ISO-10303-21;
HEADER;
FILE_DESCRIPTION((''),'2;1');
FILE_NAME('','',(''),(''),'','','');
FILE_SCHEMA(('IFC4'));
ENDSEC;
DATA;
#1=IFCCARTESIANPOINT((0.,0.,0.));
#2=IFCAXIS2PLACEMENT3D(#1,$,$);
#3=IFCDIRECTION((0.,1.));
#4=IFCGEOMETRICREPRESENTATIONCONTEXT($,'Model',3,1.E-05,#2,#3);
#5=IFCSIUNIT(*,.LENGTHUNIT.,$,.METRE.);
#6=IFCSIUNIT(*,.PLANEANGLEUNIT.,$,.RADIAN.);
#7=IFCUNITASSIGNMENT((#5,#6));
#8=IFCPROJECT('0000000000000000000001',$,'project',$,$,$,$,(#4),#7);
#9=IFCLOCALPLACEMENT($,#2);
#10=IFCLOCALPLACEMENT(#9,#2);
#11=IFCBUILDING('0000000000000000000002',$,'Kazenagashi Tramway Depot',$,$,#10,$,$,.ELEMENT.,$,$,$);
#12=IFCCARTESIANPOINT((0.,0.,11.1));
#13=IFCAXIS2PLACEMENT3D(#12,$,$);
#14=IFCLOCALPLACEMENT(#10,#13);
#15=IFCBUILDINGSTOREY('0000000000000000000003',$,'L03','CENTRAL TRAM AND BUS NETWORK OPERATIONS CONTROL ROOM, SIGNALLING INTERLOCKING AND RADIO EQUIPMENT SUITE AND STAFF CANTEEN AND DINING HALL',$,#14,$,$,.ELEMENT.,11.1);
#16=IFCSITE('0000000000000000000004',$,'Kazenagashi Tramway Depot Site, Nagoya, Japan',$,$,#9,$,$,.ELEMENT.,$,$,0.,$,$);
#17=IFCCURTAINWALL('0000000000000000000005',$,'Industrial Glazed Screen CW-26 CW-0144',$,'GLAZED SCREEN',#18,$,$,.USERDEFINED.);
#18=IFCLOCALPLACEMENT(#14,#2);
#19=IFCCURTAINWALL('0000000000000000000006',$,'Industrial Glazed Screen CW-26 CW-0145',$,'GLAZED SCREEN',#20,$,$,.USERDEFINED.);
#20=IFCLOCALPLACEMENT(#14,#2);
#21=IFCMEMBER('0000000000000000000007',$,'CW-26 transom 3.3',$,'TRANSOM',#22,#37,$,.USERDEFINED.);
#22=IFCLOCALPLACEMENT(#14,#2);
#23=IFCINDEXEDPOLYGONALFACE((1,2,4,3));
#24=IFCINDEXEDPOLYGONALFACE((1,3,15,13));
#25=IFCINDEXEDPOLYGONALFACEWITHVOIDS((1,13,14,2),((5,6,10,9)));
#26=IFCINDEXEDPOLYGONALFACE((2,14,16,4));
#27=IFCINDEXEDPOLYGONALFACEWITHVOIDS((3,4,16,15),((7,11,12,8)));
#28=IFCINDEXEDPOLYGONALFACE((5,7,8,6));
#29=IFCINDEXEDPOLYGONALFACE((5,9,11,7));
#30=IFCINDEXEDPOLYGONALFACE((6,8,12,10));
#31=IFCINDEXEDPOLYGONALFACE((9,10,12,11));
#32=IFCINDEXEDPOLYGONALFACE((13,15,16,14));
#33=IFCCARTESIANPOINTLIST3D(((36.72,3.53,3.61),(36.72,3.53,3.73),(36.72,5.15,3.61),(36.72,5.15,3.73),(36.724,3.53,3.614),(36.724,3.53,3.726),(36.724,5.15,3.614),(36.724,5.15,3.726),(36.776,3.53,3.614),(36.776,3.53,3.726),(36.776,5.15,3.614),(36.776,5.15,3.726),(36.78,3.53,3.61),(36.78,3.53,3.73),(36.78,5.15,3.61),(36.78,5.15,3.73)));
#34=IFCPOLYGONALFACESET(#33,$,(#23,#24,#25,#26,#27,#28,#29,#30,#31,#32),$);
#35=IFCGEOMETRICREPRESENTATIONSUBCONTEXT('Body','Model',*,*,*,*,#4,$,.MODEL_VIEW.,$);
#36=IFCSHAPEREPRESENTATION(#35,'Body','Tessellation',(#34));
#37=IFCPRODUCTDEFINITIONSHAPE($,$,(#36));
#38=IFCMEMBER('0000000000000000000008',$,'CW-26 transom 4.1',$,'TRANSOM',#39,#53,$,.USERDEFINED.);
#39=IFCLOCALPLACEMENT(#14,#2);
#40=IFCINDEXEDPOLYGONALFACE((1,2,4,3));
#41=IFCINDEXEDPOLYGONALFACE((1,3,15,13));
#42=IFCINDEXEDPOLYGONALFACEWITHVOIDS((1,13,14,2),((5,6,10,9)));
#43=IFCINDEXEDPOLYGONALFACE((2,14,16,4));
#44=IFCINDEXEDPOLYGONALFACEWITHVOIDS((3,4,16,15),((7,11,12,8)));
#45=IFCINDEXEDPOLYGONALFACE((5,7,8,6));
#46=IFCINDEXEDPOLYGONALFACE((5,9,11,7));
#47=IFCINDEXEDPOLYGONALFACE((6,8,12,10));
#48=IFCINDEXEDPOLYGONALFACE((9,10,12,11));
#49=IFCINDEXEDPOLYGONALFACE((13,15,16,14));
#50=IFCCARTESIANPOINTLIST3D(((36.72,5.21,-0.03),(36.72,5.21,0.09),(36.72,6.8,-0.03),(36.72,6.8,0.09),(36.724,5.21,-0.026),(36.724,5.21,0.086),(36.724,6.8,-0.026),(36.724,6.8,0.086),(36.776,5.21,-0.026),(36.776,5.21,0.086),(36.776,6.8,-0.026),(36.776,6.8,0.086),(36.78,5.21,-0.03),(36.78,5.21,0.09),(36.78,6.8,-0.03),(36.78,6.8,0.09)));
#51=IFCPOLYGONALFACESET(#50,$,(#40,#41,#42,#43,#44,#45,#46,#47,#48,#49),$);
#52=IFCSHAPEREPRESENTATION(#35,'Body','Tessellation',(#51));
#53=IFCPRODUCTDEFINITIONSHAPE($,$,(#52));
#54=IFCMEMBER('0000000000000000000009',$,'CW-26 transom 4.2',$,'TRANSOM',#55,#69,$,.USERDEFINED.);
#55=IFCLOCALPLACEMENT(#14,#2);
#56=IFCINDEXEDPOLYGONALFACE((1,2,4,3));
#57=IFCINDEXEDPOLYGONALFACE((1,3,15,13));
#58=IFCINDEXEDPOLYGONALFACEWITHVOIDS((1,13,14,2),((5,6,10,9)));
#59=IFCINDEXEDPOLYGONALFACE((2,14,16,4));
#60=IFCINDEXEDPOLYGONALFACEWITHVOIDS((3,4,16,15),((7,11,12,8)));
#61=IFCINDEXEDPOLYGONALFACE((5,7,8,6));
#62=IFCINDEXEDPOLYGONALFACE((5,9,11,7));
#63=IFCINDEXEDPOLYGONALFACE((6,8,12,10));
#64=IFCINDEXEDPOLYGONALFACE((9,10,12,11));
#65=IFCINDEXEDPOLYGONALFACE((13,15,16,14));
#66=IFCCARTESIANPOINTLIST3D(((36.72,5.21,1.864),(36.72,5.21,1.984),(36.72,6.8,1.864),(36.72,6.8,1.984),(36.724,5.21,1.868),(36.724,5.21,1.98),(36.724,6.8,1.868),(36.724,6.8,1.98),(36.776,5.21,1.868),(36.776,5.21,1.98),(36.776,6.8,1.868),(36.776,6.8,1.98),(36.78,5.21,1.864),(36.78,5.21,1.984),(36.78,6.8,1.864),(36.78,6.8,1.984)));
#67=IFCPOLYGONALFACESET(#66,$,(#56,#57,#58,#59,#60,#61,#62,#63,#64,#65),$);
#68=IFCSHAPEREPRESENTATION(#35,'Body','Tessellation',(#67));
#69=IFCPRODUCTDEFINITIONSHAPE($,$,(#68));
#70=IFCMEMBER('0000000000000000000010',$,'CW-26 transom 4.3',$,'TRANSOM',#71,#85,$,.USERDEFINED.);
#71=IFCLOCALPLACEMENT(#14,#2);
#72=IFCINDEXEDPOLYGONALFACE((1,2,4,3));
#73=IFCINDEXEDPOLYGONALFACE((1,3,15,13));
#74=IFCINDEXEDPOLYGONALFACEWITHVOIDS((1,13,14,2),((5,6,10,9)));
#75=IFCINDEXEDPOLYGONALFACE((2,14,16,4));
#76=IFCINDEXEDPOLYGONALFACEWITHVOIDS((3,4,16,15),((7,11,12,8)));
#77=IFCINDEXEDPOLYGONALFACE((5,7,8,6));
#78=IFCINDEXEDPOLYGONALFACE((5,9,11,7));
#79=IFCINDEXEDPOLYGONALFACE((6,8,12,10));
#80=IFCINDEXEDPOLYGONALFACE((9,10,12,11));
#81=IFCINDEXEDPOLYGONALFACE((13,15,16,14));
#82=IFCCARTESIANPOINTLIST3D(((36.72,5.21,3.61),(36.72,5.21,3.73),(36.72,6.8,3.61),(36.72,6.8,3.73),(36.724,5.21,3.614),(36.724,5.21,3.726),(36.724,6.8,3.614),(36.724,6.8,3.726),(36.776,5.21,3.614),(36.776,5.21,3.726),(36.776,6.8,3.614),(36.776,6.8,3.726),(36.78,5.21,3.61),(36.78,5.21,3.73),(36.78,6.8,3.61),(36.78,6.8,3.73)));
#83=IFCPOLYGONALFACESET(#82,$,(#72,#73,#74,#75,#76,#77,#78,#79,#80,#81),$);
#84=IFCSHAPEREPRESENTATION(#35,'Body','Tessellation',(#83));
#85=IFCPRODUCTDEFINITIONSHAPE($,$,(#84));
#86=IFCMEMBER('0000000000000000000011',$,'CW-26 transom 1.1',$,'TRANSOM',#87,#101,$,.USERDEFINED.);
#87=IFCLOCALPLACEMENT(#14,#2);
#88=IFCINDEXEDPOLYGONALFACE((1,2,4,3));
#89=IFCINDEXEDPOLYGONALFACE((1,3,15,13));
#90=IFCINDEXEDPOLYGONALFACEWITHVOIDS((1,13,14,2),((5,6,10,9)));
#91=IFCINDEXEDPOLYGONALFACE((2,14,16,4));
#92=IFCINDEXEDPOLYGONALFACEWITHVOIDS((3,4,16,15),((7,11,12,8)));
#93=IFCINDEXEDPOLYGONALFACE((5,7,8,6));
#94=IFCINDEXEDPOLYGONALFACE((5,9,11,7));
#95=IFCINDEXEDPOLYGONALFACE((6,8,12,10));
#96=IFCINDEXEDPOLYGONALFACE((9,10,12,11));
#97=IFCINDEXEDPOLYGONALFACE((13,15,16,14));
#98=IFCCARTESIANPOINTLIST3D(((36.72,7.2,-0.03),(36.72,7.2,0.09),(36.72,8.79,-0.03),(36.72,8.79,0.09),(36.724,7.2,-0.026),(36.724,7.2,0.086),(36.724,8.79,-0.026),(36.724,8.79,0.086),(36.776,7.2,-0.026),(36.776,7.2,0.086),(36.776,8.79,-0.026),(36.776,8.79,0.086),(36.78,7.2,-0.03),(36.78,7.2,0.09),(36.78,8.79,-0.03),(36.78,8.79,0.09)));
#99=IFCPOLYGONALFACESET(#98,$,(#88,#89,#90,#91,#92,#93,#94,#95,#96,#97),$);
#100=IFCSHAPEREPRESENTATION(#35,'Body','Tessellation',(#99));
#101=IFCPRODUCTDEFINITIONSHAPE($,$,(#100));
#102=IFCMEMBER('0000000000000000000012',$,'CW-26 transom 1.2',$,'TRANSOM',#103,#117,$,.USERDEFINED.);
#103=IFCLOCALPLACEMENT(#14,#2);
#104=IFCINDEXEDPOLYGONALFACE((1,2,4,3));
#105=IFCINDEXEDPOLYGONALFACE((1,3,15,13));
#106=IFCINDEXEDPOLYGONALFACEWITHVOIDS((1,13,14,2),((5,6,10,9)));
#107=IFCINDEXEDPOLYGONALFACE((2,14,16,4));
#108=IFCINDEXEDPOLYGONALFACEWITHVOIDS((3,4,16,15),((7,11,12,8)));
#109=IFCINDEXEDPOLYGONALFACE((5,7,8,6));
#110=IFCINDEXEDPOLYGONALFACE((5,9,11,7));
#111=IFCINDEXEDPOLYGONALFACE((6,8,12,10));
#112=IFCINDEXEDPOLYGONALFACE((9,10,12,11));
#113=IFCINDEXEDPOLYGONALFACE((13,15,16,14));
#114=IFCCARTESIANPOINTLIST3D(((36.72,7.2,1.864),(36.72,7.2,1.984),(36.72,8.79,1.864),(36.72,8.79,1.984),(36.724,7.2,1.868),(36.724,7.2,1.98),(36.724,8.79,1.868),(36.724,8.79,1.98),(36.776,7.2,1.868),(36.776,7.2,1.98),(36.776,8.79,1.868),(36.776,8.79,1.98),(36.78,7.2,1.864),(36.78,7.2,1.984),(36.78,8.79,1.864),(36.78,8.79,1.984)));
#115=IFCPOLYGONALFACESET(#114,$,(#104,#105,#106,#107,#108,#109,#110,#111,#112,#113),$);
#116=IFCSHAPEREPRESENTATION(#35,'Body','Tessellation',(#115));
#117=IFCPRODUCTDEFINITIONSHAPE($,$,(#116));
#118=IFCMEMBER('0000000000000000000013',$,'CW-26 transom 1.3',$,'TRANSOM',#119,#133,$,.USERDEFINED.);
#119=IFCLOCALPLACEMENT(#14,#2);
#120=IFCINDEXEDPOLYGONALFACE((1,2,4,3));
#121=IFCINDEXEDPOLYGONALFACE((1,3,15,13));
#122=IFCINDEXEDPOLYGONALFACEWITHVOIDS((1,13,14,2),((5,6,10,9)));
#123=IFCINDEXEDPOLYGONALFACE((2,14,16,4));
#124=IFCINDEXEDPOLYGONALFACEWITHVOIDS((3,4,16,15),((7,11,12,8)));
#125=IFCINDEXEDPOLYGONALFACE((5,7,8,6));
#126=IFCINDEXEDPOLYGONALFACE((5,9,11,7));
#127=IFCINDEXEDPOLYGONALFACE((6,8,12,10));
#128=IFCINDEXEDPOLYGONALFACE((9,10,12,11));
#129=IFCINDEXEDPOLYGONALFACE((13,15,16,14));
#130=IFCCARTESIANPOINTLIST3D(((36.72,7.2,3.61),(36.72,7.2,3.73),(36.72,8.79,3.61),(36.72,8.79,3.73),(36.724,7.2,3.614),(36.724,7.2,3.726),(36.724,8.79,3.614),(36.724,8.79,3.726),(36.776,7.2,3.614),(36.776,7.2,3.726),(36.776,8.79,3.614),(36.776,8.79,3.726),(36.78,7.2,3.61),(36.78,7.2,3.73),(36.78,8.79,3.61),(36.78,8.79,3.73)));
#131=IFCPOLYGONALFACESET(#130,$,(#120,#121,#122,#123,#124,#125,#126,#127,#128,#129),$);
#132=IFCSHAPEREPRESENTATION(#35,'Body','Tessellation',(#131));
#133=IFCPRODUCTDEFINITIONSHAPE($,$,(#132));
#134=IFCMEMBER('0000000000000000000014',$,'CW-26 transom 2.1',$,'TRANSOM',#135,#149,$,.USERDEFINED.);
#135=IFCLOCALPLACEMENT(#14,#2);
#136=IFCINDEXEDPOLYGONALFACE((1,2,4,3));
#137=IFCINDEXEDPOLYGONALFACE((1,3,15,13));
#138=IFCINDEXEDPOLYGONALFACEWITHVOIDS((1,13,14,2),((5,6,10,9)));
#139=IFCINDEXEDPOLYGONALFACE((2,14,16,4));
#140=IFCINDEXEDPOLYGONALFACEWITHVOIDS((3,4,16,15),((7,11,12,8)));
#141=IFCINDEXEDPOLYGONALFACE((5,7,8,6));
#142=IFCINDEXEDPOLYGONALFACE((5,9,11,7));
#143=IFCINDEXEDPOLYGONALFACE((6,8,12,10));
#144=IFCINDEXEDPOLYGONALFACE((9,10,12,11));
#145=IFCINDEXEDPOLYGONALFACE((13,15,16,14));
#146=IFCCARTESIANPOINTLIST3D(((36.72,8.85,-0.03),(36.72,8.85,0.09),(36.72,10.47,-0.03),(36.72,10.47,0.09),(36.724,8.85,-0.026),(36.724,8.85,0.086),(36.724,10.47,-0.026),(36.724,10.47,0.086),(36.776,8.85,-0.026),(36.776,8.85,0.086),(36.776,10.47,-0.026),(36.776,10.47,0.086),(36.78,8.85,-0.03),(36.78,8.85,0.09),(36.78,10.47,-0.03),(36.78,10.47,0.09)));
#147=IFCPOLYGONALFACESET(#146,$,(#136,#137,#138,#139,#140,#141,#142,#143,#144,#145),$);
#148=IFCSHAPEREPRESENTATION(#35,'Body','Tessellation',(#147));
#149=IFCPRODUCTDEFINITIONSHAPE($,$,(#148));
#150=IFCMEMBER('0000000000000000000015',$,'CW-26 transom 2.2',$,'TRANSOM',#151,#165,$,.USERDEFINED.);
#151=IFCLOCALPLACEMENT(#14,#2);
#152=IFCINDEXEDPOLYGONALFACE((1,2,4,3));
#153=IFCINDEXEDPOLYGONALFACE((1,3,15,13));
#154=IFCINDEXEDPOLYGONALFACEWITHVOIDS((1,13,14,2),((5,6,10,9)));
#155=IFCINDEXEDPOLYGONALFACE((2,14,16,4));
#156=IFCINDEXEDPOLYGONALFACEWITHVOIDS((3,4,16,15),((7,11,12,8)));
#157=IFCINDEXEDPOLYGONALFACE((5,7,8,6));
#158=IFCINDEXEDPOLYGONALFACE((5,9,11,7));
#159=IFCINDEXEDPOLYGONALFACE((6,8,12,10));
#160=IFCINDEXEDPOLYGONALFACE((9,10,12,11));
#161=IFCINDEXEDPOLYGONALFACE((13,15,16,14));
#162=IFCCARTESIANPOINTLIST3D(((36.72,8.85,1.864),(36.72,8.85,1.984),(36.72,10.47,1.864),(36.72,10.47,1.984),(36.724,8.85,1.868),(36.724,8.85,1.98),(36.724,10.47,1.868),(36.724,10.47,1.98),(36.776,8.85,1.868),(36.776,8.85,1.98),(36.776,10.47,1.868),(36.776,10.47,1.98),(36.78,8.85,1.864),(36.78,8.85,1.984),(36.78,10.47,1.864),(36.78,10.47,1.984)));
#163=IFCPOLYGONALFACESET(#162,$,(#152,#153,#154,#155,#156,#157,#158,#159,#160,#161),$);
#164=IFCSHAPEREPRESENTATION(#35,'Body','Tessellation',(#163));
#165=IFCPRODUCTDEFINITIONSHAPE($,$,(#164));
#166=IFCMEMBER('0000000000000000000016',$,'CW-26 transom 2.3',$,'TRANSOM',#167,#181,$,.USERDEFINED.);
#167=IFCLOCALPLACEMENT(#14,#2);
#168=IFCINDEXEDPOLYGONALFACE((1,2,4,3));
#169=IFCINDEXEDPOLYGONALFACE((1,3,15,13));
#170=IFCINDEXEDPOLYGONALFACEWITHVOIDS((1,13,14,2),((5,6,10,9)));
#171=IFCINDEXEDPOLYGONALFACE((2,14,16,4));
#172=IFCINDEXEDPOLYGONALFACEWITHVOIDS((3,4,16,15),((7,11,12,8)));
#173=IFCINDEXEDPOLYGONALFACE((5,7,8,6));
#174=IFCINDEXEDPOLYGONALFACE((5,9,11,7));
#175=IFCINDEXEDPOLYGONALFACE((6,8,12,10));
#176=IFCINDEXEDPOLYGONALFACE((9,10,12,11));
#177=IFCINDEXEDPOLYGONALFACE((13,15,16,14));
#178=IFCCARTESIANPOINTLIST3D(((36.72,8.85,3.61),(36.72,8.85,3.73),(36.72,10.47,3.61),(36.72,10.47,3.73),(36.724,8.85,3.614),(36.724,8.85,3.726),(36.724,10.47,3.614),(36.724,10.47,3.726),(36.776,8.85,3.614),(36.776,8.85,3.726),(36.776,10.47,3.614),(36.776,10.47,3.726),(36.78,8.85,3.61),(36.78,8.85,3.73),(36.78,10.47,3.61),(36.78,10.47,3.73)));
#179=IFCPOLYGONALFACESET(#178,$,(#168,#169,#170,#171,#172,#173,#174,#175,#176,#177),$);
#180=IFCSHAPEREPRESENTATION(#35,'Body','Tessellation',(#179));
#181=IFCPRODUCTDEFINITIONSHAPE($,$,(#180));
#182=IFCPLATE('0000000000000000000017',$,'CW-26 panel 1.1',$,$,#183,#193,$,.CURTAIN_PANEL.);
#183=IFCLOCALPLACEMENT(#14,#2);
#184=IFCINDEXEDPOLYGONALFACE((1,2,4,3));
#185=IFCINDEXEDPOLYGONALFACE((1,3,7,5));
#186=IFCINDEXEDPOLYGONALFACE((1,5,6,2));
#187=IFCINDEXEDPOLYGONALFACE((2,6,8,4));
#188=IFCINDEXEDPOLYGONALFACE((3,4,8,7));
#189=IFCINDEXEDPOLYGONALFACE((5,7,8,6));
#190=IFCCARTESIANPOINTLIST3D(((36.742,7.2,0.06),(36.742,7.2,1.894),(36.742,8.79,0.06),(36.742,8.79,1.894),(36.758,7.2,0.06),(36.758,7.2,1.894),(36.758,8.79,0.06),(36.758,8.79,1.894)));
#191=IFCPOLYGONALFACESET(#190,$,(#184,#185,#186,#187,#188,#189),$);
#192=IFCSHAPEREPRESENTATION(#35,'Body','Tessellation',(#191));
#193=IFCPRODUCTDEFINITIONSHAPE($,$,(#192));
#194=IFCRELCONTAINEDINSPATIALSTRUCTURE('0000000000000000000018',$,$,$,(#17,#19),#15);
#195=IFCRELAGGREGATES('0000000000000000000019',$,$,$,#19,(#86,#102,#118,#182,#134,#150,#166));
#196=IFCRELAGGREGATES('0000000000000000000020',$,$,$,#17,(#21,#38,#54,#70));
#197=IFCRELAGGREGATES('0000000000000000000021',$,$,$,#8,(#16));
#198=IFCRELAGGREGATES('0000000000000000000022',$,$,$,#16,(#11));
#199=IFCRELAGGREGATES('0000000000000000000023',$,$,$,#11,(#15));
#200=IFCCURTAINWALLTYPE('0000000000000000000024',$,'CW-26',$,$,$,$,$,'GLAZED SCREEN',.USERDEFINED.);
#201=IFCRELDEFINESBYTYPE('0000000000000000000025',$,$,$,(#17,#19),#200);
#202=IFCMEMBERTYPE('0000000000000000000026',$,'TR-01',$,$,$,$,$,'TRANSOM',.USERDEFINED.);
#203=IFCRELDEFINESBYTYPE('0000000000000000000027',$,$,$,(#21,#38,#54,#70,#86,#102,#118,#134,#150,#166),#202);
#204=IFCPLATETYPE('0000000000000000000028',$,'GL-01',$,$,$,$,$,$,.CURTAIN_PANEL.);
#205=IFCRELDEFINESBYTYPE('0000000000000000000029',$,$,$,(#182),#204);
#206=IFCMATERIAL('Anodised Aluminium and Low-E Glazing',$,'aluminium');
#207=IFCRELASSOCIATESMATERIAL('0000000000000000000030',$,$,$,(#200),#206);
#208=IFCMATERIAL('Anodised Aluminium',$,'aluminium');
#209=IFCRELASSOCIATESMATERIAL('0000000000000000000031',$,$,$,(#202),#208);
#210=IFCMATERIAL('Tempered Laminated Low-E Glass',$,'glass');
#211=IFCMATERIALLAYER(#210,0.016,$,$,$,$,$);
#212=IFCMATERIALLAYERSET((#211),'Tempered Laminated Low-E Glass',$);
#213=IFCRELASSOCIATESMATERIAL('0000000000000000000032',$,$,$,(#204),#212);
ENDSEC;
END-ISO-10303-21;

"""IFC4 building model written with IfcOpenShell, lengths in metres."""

from ifc_helpers import new_model, si_unit, direction, frame, origin, origin_2d, place, context, subcontext, project, spatial, rectangle, hollow_rectangle, extrude, material, layer, layer_set, material_profile, profile_set, type_object, element, aggregate, save


model = new_model("IFC4")

# Units and contexts
model_context = context("Model", 3, precision=1e-05, world=origin(), true_north=direction((0.0, 1.0)))
body_context = subcontext(model_context, "Body", "Model", "MODEL_VIEW")
ifc_project = project(units=[si_unit("LENGTHUNIT", "METRE"), si_unit("PLANEANGLEUNIT", "RADIAN")], contexts=[model_context])

# Site, building, storey
site_placement = place(None, origin())
site = spatial("IfcSite", under=ifc_project, at=site_placement, Name="Kazenagashi Tramway Depot Site, Nagoya, Japan", CompositionType="ELEMENT", RefElevation=0.0)
building_placement = place(site_placement, origin())
building = spatial("IfcBuilding", under=site, at=building_placement, Name="Kazenagashi Tramway Depot", CompositionType="ELEMENT")
storey_placement = place(building_placement, frame((0.0, 0.0, 11.1)))
storey = spatial("IfcBuildingStorey", under=building, at=storey_placement, Name="L03", Description="CENTRAL TRAM AND BUS NETWORK OPERATIONS CONTROL ROOM, SIGNALLING INTERLOCKING AND RADIO EQUIPMENT SUITE AND STAFF CANTEEN AND DINING HALL", CompositionType="ELEMENT", Elevation=11.1)

# Curtain walls
ifc_material_1 = material(Name="Anodised Aluminium and Low-E Glazing", Category="aluminium")
curtain_wall_type = type_object("IfcCurtainWallType", Name="CW-26", ElementType="GLAZED SCREEN", PredefinedType="USERDEFINED", material=ifc_material_1)
curtain_wall_1_placement = place(storey_placement, origin())
curtain_wall_1 = element("IfcCurtainWall", 1, at=curtain_wall_1_placement, inside=storey, type_object=curtain_wall_type, Name="Industrial Glazed Screen CW-26 CW-0144", ObjectType="GLAZED SCREEN", PredefinedType="USERDEFINED")
ifc_material_2 = material(Name="Anodised Aluminium", Category="aluminium")
curtain_wall_2_placement = place(storey_placement, origin())
curtain_wall_2 = element("IfcCurtainWall", 2, at=curtain_wall_2_placement, inside=storey, type_object=curtain_wall_type, Name="Industrial Glazed Screen CW-26 CW-0145", ObjectType="GLAZED SCREEN", PredefinedType="USERDEFINED")

# Members
ifc_material_profile_1 = material_profile(ifc_material_2, hollow_rectangle(XDim=0.06, YDim=0.12, WallThickness=0.004, at=origin_2d()), Name="RHS-120x60x4")
ifc_profile_set_1 = profile_set([ifc_material_profile_1], Name="Anodised Aluminium")
member_type_1 = type_object("IfcMemberType", Name="TR-01", ElementType="TRANSOM", PredefinedType="USERDEFINED", material=ifc_profile_set_1)
member_1_placement = place(storey_placement, frame((36.75, 3.53, 3.67), z_axis=(0.0, 1.0, 0.0), x_axis=(-1.0, 0.0, 0.0)))
member_1 = element("IfcMember", 3, at=member_1_placement, type_object=member_type_1, Name="CW-26 transom 3.3", ObjectType="TRANSOM", PredefinedType="USERDEFINED", context=body_context, shape_type="SweptSolid", body=[
    extrude(hollow_rectangle(XDim=0.06, YDim=0.12, WallThickness=0.004, at=origin_2d()), origin(), (0.0, 0.0, 1.0), 1.62),
])
member_2_placement = place(storey_placement, frame((36.75, 5.21, 0.03), z_axis=(0.0, 1.0, 0.0), x_axis=(-1.0, 0.0, 0.0)))
member_2 = element("IfcMember", 4, at=member_2_placement, type_object=member_type_1, Name="CW-26 transom 4.1", ObjectType="TRANSOM", PredefinedType="USERDEFINED", context=body_context, shape_type="SweptSolid", body=[
    extrude(hollow_rectangle(XDim=0.06, YDim=0.12, WallThickness=0.004, at=origin_2d()), origin(), (0.0, 0.0, 1.0), 1.59),
])
member_3_placement = place(storey_placement, frame((36.75, 5.21, 1.924), z_axis=(0.0, 1.0, 0.0), x_axis=(-1.0, 0.0, 0.0)))
member_3 = element("IfcMember", 5, at=member_3_placement, type_object=member_type_1, Name="CW-26 transom 4.2", ObjectType="TRANSOM", PredefinedType="USERDEFINED", context=body_context, shape_type="SweptSolid", body=[
    extrude(hollow_rectangle(XDim=0.06, YDim=0.12, WallThickness=0.004, at=origin_2d()), origin(), (0.0, 0.0, 1.0), 1.59),
])
member_4_placement = place(storey_placement, frame((36.75, 5.21, 3.67), z_axis=(0.0, 1.0, 0.0), x_axis=(-1.0, 0.0, 0.0)))
member_4 = element("IfcMember", 6, at=member_4_placement, type_object=member_type_1, Name="CW-26 transom 4.3", ObjectType="TRANSOM", PredefinedType="USERDEFINED", context=body_context, shape_type="SweptSolid", body=[
    extrude(hollow_rectangle(XDim=0.06, YDim=0.12, WallThickness=0.004, at=origin_2d()), origin(), (0.0, 0.0, 1.0), 1.59),
])
member_5_placement = place(storey_placement, frame((36.75, 7.2, 0.03), z_axis=(0.0, 1.0, 0.0), x_axis=(-1.0, 0.0, 0.0)))
member_5 = element("IfcMember", 7, at=member_5_placement, type_object=member_type_1, Name="CW-26 transom 1.1", ObjectType="TRANSOM", PredefinedType="USERDEFINED", context=body_context, shape_type="SweptSolid", body=[
    extrude(hollow_rectangle(XDim=0.06, YDim=0.12, WallThickness=0.004, at=origin_2d()), origin(), (0.0, 0.0, 1.0), 1.59),
])
member_6_placement = place(storey_placement, frame((36.75, 7.2, 1.924), z_axis=(0.0, 1.0, 0.0), x_axis=(-1.0, 0.0, 0.0)))
member_6 = element("IfcMember", 8, at=member_6_placement, type_object=member_type_1, Name="CW-26 transom 1.2", ObjectType="TRANSOM", PredefinedType="USERDEFINED", context=body_context, shape_type="SweptSolid", body=[
    extrude(hollow_rectangle(XDim=0.06, YDim=0.12, WallThickness=0.004, at=origin_2d()), origin(), (0.0, 0.0, 1.0), 1.59),
])
member_7_placement = place(storey_placement, frame((36.75, 7.2, 3.67), z_axis=(0.0, 1.0, 0.0), x_axis=(-1.0, 0.0, 0.0)))
member_7 = element("IfcMember", 9, at=member_7_placement, type_object=member_type_1, Name="CW-26 transom 1.3", ObjectType="TRANSOM", PredefinedType="USERDEFINED", context=body_context, shape_type="SweptSolid", body=[
    extrude(hollow_rectangle(XDim=0.06, YDim=0.12, WallThickness=0.004, at=origin_2d()), origin(), (0.0, 0.0, 1.0), 1.59),
])
member_8_placement = place(storey_placement, frame((36.75, 8.85, 0.03), z_axis=(0.0, 1.0, 0.0), x_axis=(-1.0, 0.0, 0.0)))
member_8 = element("IfcMember", 10, at=member_8_placement, type_object=member_type_1, Name="CW-26 transom 2.1", ObjectType="TRANSOM", PredefinedType="USERDEFINED", context=body_context, shape_type="SweptSolid", body=[
    extrude(hollow_rectangle(XDim=0.06, YDim=0.12, WallThickness=0.004, at=origin_2d()), origin(), (0.0, 0.0, 1.0), 1.62),
])
member_9_placement = place(storey_placement, frame((36.75, 8.85, 1.924), z_axis=(0.0, 1.0, 0.0), x_axis=(-1.0, 0.0, 0.0)))
member_9 = element("IfcMember", 11, at=member_9_placement, type_object=member_type_1, Name="CW-26 transom 2.2", ObjectType="TRANSOM", PredefinedType="USERDEFINED", context=body_context, shape_type="SweptSolid", body=[
    extrude(hollow_rectangle(XDim=0.06, YDim=0.12, WallThickness=0.004, at=origin_2d()), origin(), (0.0, 0.0, 1.0), 1.62),
])
member_10_placement = place(storey_placement, frame((36.75, 8.85, 3.67), z_axis=(0.0, 1.0, 0.0), x_axis=(-1.0, 0.0, 0.0)))
member_10 = element("IfcMember", 12, at=member_10_placement, type_object=member_type_1, Name="CW-26 transom 2.3", ObjectType="TRANSOM", PredefinedType="USERDEFINED", context=body_context, shape_type="SweptSolid", body=[
    extrude(hollow_rectangle(XDim=0.06, YDim=0.12, WallThickness=0.004, at=origin_2d()), origin(), (0.0, 0.0, 1.0), 1.62),
])

# Plate
ifc_material_3 = material(Name="Tempered Laminated Low-E Glass", Category="glass")
ifc_layer_1 = layer(ifc_material_3, 0.016)
ifc_layer_set_1 = layer_set([ifc_layer_1], Name="Tempered Laminated Low-E Glass")
plate_type_1 = type_object("IfcPlateType", Name="GL-01", PredefinedType="CURTAIN_PANEL", material=ifc_layer_set_1)
plate_1_placement = place(storey_placement, frame((36.75, 7.995, 0.06), z_axis=(0.0, 0.0, 1.0), x_axis=(0.0, 1.0, 0.0)))
plate_1 = element("IfcPlate", 13, at=plate_1_placement, type_object=plate_type_1, Name="CW-26 panel 1.1", PredefinedType="CURTAIN_PANEL", context=body_context, shape_type="SweptSolid", body=[
    extrude(rectangle(XDim=1.59, YDim=0.016, at=origin_2d()), origin(), (0.0, 0.0, 1.0), 1.834),
])
aggregate(curtain_wall_2, [member_5, member_6, member_7, plate_1, member_8, member_9, member_10])
aggregate(curtain_wall_1, [member_1, member_2, member_3, member_4])

save(model, "model.ifc")
